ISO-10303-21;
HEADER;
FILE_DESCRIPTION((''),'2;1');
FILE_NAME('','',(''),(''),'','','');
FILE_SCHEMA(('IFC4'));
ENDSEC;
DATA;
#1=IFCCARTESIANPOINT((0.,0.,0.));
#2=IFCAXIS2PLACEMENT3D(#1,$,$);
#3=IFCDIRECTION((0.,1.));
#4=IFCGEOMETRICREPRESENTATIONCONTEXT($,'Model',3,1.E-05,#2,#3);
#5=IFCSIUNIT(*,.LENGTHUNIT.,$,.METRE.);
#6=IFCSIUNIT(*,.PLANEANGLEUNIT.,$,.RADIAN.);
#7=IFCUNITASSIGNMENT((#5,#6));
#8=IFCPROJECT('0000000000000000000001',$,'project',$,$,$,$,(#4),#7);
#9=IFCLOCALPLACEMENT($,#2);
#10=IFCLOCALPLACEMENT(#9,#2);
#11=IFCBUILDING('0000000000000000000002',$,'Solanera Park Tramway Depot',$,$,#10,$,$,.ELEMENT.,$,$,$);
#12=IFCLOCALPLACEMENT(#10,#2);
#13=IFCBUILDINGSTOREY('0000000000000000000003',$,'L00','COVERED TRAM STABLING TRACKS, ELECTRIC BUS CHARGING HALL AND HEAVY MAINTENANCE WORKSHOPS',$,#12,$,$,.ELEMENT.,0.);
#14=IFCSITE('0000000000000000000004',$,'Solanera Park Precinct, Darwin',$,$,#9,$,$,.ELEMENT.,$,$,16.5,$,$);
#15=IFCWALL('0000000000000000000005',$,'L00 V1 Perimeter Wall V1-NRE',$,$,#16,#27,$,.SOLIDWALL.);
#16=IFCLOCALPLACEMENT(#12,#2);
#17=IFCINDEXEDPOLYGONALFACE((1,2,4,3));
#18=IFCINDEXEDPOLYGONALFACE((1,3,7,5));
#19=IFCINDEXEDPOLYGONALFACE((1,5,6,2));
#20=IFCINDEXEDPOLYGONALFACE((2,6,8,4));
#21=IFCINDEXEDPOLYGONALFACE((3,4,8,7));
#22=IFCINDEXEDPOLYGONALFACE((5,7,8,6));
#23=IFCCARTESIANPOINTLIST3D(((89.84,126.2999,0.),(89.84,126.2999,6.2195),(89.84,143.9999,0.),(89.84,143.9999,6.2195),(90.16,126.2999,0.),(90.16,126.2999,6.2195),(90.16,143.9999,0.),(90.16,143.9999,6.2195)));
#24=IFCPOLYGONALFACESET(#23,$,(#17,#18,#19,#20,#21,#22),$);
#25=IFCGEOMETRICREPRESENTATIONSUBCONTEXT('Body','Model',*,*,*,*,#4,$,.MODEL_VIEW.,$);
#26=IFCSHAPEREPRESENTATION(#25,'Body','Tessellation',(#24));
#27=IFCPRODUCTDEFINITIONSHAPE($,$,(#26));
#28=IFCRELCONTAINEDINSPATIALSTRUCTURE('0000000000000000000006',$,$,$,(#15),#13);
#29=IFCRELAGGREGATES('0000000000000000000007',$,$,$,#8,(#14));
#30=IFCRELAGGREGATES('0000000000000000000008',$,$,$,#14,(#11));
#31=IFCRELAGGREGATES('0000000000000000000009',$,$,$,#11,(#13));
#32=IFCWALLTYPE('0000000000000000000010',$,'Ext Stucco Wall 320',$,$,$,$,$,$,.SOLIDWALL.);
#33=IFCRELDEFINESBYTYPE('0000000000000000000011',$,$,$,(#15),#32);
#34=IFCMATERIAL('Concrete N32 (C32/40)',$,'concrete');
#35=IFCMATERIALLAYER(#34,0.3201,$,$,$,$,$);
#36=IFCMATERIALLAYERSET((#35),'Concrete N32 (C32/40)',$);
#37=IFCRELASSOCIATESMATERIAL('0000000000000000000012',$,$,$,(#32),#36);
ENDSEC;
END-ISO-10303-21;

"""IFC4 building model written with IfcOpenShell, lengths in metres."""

from ifc_helpers import new_model, si_unit, direction, frame, frame_2d, origin, place, context, subcontext, project, spatial, rectangle, extrude, material, layer, layer_set, type_object, element, save


model = new_model("IFC4")

# Units and contexts
model_context = context("Model", 3, precision=1e-05, world=origin(), true_north=direction((0.0, 1.0)))
body_context = subcontext(model_context, "Body", "Model", "MODEL_VIEW")
ifc_project = project(units=[si_unit("LENGTHUNIT", "METRE"), si_unit("PLANEANGLEUNIT", "RADIAN")], contexts=[model_context])

# Site, building, storey
site_placement = place(None, origin())
site = spatial("IfcSite", under=ifc_project, at=site_placement, Name="Solanera Park Precinct, Darwin", CompositionType="ELEMENT", RefElevation=16.5)
building_placement = place(site_placement, origin())
building = spatial("IfcBuilding", under=site, at=building_placement, Name="Solanera Park Tramway Depot", CompositionType="ELEMENT")
storey_placement = place(building_placement, origin())
storey = spatial("IfcBuildingStorey", under=building, at=storey_placement, Name="L00", Description="COVERED TRAM STABLING TRACKS, ELECTRIC BUS CHARGING HALL AND HEAVY MAINTENANCE WORKSHOPS", CompositionType="ELEMENT", Elevation=0.0)

# Wall
ifc_material_1 = material(Name="Concrete N32 (C32/40)", Category="concrete")
ifc_layer_1 = layer(ifc_material_1, 0.3201)
ifc_layer_set_1 = layer_set([ifc_layer_1], Name="Concrete N32 (C32/40)")
wall_type = type_object("IfcWallType", Name="Ext Stucco Wall 320", PredefinedType="SOLIDWALL", material=ifc_layer_set_1)
wall_placement = place(storey_placement, frame((90.0, 144.0, 0.0), z_axis=(0.0, 0.0, 1.0), x_axis=(0.0, -1.0, 0.0)))
element("IfcWall", 1, at=wall_placement, inside=storey, type_object=wall_type, Name="L00 V1 Perimeter Wall V1-NRE", PredefinedType="SOLIDWALL", context=body_context, shape_type="SweptSolid", body=[
    extrude(rectangle(XDim=17.7, YDim=0.3201, at=frame_2d((8.8501, 0.0))), origin(), (0.0, 0.0, 1.0), 6.2195),
])

save(model, "model.ifc")
